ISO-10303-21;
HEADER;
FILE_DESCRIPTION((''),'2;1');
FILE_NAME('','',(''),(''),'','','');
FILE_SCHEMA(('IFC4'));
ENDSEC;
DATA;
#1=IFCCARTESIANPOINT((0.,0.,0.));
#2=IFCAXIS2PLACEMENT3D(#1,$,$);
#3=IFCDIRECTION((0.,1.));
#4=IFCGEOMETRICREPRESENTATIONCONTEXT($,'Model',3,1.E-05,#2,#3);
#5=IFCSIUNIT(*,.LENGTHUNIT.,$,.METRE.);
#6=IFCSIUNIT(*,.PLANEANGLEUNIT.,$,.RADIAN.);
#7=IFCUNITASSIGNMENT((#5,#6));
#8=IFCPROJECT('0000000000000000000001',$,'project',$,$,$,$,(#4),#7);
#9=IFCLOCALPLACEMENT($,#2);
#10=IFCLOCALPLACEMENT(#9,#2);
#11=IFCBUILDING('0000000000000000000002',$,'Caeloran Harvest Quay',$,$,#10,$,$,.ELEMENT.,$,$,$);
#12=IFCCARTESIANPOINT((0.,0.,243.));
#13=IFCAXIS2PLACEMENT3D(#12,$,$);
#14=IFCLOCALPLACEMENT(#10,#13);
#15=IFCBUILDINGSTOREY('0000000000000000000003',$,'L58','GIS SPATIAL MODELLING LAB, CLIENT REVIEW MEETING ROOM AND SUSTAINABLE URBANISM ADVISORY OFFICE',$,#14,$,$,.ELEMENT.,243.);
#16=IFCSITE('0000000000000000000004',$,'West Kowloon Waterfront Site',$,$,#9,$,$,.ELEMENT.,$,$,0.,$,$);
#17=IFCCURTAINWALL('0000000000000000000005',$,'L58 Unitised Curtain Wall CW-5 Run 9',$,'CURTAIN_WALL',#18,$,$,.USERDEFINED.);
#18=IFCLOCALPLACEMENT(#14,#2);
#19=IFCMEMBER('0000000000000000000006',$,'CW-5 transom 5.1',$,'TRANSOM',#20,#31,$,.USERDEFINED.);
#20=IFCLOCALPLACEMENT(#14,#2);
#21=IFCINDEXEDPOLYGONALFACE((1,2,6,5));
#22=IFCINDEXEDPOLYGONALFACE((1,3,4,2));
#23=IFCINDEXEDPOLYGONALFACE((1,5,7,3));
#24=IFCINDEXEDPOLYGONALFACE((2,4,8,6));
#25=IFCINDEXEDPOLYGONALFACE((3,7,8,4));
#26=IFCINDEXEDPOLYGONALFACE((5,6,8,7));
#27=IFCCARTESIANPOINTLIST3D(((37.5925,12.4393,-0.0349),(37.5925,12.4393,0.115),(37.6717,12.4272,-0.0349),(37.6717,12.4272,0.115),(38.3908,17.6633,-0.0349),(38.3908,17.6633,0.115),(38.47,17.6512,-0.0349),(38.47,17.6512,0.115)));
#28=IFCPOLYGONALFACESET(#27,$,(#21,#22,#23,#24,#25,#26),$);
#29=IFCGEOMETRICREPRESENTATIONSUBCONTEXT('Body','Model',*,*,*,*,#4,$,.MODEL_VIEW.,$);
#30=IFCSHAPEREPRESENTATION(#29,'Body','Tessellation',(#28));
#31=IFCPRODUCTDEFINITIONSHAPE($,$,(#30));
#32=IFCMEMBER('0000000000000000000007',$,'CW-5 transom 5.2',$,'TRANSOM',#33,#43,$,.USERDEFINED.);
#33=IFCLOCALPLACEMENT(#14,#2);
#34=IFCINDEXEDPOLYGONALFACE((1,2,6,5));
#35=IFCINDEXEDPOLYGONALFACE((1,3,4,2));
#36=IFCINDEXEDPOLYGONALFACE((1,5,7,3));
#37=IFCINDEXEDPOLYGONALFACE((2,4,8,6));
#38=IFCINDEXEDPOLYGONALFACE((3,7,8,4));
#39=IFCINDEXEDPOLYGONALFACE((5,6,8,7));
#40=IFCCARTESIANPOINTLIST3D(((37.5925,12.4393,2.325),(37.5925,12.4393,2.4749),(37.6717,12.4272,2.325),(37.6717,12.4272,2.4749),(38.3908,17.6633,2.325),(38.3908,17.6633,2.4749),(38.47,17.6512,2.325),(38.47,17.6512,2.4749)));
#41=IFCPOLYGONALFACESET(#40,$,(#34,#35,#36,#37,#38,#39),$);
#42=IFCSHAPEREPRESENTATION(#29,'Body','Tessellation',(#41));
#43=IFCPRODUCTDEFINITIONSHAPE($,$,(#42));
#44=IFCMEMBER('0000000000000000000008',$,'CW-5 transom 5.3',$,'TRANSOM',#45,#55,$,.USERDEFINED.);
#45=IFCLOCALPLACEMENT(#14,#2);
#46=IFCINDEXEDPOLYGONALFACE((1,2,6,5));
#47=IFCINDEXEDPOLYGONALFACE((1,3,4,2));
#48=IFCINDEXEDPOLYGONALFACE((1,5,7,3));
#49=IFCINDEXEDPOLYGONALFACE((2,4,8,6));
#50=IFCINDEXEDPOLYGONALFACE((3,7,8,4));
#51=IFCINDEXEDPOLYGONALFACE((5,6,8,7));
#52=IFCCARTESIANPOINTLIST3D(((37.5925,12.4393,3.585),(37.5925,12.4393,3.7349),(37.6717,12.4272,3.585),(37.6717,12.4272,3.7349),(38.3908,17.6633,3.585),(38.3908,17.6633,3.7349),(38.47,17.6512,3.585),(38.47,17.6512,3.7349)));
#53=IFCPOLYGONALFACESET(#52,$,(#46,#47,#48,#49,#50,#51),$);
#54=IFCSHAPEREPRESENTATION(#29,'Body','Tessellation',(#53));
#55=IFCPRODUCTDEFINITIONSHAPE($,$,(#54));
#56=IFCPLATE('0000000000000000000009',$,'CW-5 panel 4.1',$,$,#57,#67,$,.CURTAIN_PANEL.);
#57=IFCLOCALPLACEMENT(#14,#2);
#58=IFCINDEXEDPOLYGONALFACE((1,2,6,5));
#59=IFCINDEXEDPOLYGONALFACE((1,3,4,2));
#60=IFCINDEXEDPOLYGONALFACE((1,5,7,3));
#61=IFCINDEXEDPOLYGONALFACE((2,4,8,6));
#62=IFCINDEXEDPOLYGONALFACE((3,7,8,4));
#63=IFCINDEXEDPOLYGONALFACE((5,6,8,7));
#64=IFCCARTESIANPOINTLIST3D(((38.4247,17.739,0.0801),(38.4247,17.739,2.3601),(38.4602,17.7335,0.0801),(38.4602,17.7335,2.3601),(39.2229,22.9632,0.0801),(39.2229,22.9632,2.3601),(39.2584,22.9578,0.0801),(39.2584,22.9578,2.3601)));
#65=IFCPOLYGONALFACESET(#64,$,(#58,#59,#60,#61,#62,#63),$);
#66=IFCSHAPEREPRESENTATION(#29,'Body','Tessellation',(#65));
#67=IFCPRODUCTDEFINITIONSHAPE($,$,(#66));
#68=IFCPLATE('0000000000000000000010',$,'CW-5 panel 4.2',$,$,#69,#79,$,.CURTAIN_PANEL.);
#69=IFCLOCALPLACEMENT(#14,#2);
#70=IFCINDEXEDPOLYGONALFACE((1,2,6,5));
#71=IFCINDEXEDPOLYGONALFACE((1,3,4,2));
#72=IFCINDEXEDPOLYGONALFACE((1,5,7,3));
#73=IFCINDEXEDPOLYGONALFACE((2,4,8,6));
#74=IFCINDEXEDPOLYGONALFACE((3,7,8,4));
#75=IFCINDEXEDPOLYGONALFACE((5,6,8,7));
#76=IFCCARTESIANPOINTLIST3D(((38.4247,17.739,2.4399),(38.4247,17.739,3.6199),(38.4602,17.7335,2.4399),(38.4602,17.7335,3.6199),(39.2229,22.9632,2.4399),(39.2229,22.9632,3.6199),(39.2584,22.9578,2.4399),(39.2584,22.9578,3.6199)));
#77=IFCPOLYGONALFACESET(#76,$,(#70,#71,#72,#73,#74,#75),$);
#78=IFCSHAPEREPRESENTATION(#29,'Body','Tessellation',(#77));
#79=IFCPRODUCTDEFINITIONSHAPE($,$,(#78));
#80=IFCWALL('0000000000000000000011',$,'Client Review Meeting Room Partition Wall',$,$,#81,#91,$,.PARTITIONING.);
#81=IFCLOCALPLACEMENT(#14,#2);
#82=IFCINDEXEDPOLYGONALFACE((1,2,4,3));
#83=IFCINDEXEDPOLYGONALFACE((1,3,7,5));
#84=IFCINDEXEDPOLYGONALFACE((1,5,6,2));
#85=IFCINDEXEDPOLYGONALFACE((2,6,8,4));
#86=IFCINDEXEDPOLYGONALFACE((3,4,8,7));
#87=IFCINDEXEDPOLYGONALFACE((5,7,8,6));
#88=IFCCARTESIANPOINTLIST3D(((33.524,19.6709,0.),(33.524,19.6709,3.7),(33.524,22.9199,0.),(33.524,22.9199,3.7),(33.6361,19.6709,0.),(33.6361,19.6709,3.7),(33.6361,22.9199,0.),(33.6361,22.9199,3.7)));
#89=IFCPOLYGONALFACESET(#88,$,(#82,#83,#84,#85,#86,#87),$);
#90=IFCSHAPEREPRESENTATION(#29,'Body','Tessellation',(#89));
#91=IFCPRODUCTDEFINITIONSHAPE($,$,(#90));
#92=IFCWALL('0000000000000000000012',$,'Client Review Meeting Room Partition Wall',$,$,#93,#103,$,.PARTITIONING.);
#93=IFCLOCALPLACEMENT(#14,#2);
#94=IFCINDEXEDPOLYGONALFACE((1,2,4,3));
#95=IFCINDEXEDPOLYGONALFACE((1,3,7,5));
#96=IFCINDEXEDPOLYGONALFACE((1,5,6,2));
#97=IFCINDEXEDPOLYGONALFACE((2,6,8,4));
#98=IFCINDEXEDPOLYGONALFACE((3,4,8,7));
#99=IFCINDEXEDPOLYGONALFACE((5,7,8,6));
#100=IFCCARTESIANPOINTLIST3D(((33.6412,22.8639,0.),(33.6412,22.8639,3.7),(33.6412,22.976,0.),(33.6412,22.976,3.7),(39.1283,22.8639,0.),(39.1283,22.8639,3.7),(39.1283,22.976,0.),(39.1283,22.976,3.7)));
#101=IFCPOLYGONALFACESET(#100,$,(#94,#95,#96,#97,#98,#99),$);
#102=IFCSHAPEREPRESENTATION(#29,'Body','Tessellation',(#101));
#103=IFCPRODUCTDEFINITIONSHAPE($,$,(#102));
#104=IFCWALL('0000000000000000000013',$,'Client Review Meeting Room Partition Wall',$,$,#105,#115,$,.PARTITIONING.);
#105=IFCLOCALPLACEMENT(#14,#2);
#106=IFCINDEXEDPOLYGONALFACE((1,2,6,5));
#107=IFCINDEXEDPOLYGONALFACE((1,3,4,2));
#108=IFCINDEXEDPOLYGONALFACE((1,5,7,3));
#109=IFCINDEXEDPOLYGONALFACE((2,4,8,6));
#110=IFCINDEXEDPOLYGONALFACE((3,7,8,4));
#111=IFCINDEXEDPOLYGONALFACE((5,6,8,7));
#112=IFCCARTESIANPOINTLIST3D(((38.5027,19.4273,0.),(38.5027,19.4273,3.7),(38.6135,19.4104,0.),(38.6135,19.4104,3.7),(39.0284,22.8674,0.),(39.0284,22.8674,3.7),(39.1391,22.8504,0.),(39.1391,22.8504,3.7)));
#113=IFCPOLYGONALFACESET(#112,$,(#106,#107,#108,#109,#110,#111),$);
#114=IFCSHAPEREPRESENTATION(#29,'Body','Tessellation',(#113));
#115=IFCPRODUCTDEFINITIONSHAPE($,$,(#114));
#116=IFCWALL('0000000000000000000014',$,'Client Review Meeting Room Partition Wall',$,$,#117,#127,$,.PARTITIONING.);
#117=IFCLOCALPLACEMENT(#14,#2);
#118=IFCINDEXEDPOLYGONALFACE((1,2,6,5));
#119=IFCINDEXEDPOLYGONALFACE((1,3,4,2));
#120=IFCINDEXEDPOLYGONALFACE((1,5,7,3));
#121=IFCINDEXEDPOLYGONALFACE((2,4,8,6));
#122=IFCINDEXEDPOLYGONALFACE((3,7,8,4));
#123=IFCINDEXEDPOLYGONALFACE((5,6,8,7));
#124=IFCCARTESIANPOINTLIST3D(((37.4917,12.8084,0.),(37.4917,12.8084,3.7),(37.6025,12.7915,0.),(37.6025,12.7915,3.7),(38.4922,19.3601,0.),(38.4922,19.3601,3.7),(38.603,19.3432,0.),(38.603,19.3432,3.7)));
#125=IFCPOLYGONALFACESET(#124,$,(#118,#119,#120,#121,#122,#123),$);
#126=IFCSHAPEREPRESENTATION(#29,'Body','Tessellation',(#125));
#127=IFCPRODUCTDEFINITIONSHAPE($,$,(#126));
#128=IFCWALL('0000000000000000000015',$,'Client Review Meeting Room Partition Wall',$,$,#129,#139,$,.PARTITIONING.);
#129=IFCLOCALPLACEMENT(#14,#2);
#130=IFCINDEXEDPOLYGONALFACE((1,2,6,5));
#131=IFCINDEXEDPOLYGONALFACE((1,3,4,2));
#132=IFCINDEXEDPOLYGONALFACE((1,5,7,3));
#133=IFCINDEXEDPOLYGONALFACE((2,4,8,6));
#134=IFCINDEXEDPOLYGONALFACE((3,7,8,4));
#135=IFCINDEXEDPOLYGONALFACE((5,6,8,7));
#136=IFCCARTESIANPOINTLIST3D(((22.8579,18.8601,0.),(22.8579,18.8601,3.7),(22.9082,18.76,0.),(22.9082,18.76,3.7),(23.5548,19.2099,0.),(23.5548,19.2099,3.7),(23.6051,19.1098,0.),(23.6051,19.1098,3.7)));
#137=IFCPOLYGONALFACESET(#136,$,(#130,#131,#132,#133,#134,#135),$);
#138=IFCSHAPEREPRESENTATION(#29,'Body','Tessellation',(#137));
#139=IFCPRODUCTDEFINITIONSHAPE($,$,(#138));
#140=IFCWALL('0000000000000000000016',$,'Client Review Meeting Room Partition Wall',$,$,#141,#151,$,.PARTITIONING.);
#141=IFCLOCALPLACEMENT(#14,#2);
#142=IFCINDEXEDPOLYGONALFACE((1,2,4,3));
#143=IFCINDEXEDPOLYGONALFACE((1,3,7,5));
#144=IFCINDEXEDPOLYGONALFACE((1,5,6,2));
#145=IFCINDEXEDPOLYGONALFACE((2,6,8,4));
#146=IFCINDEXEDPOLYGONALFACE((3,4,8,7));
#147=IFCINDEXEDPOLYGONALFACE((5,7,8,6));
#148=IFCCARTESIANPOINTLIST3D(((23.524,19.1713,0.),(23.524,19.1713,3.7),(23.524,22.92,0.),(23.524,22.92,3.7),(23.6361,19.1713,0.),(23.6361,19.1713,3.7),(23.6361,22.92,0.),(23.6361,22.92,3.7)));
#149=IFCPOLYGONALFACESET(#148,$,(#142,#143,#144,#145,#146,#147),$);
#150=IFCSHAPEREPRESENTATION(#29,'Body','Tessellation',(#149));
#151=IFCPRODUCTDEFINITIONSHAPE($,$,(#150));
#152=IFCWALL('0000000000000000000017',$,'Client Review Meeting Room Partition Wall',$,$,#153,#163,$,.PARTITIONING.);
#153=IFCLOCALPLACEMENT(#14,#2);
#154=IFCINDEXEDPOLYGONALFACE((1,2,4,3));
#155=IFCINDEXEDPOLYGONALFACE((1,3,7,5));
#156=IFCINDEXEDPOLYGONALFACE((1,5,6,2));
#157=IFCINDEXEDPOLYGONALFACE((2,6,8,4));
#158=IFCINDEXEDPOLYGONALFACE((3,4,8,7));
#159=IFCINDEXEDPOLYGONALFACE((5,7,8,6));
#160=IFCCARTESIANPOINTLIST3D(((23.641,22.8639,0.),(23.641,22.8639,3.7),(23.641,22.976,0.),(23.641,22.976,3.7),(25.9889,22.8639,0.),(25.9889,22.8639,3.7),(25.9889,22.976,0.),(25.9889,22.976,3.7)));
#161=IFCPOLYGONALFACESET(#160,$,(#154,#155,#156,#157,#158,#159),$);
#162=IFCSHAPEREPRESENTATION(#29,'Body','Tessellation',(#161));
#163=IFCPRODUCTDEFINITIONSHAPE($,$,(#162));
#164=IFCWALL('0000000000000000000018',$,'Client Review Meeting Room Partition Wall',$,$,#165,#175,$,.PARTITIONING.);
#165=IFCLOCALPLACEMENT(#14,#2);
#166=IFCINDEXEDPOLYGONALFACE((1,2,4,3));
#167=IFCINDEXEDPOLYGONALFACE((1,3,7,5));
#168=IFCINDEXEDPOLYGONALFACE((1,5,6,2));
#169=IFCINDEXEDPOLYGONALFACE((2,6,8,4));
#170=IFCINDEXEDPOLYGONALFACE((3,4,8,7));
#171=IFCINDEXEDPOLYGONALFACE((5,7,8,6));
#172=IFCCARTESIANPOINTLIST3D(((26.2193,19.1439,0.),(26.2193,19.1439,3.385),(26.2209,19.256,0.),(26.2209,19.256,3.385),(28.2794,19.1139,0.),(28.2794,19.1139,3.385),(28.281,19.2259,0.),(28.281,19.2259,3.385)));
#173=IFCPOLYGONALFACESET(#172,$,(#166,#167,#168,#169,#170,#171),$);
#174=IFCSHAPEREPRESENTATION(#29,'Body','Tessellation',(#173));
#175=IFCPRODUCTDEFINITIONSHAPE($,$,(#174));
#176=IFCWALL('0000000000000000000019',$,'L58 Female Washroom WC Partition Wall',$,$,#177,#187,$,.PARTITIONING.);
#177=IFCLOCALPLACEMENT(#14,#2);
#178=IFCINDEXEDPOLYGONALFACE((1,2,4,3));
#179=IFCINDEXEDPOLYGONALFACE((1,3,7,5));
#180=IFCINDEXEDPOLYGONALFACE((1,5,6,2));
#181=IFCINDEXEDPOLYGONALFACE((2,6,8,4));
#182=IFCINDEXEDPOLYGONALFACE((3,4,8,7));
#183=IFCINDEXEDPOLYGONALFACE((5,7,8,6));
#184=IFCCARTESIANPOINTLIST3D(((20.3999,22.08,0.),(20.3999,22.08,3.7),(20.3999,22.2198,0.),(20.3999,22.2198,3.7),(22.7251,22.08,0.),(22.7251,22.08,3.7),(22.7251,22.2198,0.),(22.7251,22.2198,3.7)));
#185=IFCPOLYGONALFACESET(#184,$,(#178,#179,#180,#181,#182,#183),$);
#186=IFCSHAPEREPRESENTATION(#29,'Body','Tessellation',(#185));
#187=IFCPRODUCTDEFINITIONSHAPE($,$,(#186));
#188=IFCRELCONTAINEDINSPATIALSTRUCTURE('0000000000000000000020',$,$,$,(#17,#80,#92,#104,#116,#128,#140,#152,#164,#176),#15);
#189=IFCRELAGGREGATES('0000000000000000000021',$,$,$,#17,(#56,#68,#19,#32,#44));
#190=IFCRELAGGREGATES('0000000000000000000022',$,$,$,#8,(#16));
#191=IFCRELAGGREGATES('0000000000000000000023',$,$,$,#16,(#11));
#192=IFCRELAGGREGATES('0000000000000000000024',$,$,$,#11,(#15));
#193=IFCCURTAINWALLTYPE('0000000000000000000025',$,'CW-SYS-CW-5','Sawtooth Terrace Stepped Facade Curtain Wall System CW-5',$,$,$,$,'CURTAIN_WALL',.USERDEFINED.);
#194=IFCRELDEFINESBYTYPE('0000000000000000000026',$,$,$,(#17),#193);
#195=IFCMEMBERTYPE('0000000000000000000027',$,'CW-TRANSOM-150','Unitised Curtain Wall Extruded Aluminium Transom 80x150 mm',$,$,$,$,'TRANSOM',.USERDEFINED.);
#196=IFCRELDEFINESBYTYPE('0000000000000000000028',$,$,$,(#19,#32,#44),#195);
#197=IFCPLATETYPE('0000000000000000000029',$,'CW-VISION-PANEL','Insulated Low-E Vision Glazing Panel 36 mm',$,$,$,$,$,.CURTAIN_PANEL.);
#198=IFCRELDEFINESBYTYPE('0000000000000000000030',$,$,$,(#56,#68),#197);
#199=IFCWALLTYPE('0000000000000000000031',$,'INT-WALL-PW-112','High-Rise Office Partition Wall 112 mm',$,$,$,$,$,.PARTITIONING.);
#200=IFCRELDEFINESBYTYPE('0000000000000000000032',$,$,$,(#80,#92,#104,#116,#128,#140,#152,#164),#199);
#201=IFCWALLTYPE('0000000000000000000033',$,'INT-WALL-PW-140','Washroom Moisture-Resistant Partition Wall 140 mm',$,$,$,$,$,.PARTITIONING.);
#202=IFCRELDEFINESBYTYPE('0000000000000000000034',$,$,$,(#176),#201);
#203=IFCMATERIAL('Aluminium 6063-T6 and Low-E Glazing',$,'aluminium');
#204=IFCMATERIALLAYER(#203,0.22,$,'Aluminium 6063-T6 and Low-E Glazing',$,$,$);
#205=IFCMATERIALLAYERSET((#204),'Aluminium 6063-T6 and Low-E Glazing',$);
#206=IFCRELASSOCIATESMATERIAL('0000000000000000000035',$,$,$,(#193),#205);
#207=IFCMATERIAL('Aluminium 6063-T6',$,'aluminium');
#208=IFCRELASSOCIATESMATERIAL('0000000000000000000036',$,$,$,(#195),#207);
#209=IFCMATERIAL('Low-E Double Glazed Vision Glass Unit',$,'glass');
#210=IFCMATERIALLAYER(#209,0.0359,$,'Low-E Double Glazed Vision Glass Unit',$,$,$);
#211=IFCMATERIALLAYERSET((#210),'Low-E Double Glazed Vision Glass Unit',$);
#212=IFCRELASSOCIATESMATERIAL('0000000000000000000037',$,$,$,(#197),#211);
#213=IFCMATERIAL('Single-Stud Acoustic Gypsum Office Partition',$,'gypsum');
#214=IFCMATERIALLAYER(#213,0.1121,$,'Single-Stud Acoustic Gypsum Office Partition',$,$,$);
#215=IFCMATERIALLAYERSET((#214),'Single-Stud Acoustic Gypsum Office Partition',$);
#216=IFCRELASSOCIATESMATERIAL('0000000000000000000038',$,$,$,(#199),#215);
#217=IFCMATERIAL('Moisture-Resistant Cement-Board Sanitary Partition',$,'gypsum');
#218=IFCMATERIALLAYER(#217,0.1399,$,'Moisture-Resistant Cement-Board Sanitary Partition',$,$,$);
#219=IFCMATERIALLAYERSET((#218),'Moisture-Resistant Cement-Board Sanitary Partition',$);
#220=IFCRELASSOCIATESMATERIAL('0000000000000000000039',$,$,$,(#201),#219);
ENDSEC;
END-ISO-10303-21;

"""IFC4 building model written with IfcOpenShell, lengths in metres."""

from ifc_helpers import new_model, si_unit, direction, frame, frame_2d, origin, origin_2d, place, context, subcontext, project, spatial, rectangle, extrude, material, layer, layer_set, material_profile, profile_set, type_object, element, aggregate, save


model = new_model("IFC4")

# Units and contexts
model_context = context("Model", 3, precision=1e-05, world=origin(), true_north=direction((0.0, 1.0)))
body_context = subcontext(model_context, "Body", "Model", "MODEL_VIEW")
ifc_project = project(units=[si_unit("LENGTHUNIT", "METRE"), si_unit("PLANEANGLEUNIT", "RADIAN")], contexts=[model_context])

# Site, building, storey
site_placement = place(None, origin())
site = spatial("IfcSite", under=ifc_project, at=site_placement, Name="West Kowloon Waterfront Site", CompositionType="ELEMENT", RefElevation=0.0)
building_placement = place(site_placement, origin())
building = spatial("IfcBuilding", under=site, at=building_placement, Name="Caeloran Harvest Quay", CompositionType="ELEMENT")
storey_placement = place(building_placement, frame((0.0, 0.0, 243.0)))
storey = spatial("IfcBuildingStorey", under=building, at=storey_placement, Name="L58", Description="GIS SPATIAL MODELLING LAB, CLIENT REVIEW MEETING ROOM AND SUSTAINABLE URBANISM ADVISORY OFFICE", CompositionType="ELEMENT", Elevation=243.0)

# Curtain wall, members, plates
ifc_material_1 = material(Name="Aluminium 6063-T6 and Low-E Glazing", Category="aluminium")
ifc_layer_1 = layer(ifc_material_1, 0.22, Name="Aluminium 6063-T6 and Low-E Glazing")
ifc_layer_set_1 = layer_set([ifc_layer_1], Name="Aluminium 6063-T6 and Low-E Glazing")
curtain_wall_type = type_object("IfcCurtainWallType", Name="CW-SYS-CW-5", Description="Sawtooth Terrace Stepped Facade Curtain Wall System CW-5", ElementType="CURTAIN_WALL", PredefinedType="USERDEFINED", material=ifc_layer_set_1)
curtain_wall_placement = place(storey_placement, origin())
curtain_wall = element("IfcCurtainWall", 1, at=curtain_wall_placement, inside=storey, type_object=curtain_wall_type, Name="L58 Unitised Curtain Wall CW-5 Run 9", ObjectType="CURTAIN_WALL", PredefinedType="USERDEFINED")
ifc_material_2 = material(Name="Aluminium 6063-T6", Category="aluminium")
ifc_material_profile_1 = material_profile(ifc_material_2, rectangle(XDim=0.0801, YDim=0.1499, at=origin_2d()), Name="CW-TRANSOM-150")
ifc_profile_set_1 = profile_set([ifc_material_profile_1], Name="Aluminium 6063-T6")
member_type_1 = type_object("IfcMemberType", Name="CW-TRANSOM-150", Description="Unitised Curtain Wall Extruded Aluminium Transom 80x150 mm", ElementType="TRANSOM", PredefinedType="USERDEFINED", material=ifc_profile_set_1)
member_1_placement = place(storey_placement, frame((38.4304, 17.6572, 0.04), z_axis=(-0.151064, -0.988524, 0.0), x_axis=(0.988524, -0.151064, 0.0)))
member_1 = element("IfcMember", 2, at=member_1_placement, type_object=member_type_1, Name="CW-5 transom 5.1", ObjectType="TRANSOM", PredefinedType="USERDEFINED", context=body_context, shape_type="SweptSolid", body=[
    extrude(rectangle(XDim=0.0801, YDim=0.1499, at=origin_2d()), origin(), (0.0, 0.0, 1.0), 5.2847),
])
member_2_placement = place(storey_placement, frame((38.4304, 17.6572, 2.3999), z_axis=(-0.151064, -0.988524, 0.0), x_axis=(0.988524, -0.151064, 0.0)))
member_2 = element("IfcMember", 3, at=member_2_placement, type_object=member_type_1, Name="CW-5 transom 5.2", ObjectType="TRANSOM", PredefinedType="USERDEFINED", context=body_context, shape_type="SweptSolid", body=[
    extrude(rectangle(XDim=0.0801, YDim=0.1499, at=origin_2d()), origin(), (0.0, 0.0, 1.0), 5.2847),
])
member_3_placement = place(storey_placement, frame((38.4304, 17.6572, 3.6599), z_axis=(-0.151064, -0.988524, 0.0), x_axis=(0.988524, -0.151064, 0.0)))
member_3 = element("IfcMember", 4, at=member_3_placement, type_object=member_type_1, Name="CW-5 transom 5.3", ObjectType="TRANSOM", PredefinedType="USERDEFINED", context=body_context, shape_type="SweptSolid", body=[
    extrude(rectangle(XDim=0.0801, YDim=0.1499, at=origin_2d()), origin(), (0.0, 0.0, 1.0), 5.2847),
])
ifc_material_3 = material(Name="Low-E Double Glazed Vision Glass Unit", Category="glass")
ifc_layer_2 = layer(ifc_material_3, 0.0359, Name="Low-E Double Glazed Vision Glass Unit")
ifc_layer_set_2 = layer_set([ifc_layer_2], Name="Low-E Double Glazed Vision Glass Unit")
plate_type = type_object("IfcPlateType", Name="CW-VISION-PANEL", Description="Insulated Low-E Vision Glazing Panel 36 mm", PredefinedType="CURTAIN_PANEL", material=ifc_layer_set_2)
plate_1_placement = place(storey_placement, frame((38.8416, 20.3484, 0.0801), z_axis=(0.0, 0.0, 1.0), x_axis=(-0.151028, -0.98853, 0.0)))
plate_1 = element("IfcPlate", 5, at=plate_1_placement, type_object=plate_type, Name="CW-5 panel 4.1", PredefinedType="CURTAIN_PANEL", context=body_context, shape_type="SweptSolid", body=[
    extrude(rectangle(XDim=5.2849, YDim=0.0359, at=origin_2d()), origin(), (0.0, 0.0, 1.0), 2.28),
])
plate_2_placement = place(storey_placement, frame((38.8416, 20.3484, 2.4399), z_axis=(0.0, 0.0, 1.0), x_axis=(-0.151028, -0.98853, 0.0)))
plate_2 = element("IfcPlate", 6, at=plate_2_placement, type_object=plate_type, Name="CW-5 panel 4.2", PredefinedType="CURTAIN_PANEL", context=body_context, shape_type="SweptSolid", body=[
    extrude(rectangle(XDim=5.2849, YDim=0.0359, at=origin_2d()), origin(), (0.0, 0.0, 1.0), 1.1799),
])
aggregate(curtain_wall, [plate_1, plate_2, member_1, member_2, member_3])

# Walls
ifc_material_4 = material(Name="Single-Stud Acoustic Gypsum Office Partition", Category="gypsum")
ifc_layer_3 = layer(ifc_material_4, 0.1121, Name="Single-Stud Acoustic Gypsum Office Partition")
ifc_layer_set_3 = layer_set([ifc_layer_3], Name="Single-Stud Acoustic Gypsum Office Partition")
wall_type_1 = type_object("IfcWallType", Name="INT-WALL-PW-112", Description="High-Rise Office Partition Wall 112 mm", PredefinedType="PARTITIONING", material=ifc_layer_set_3)
wall_1_placement = place(storey_placement, frame((33.5801, 19.6709, 0.0), z_axis=(0.0, 0.0, 1.0), x_axis=(0.0, 1.0, 0.0)))
element("IfcWall", 7, at=wall_1_placement, inside=storey, type_object=wall_type_1, Name="Client Review Meeting Room Partition Wall", PredefinedType="PARTITIONING", context=body_context, shape_type="SweptSolid", body=[
    extrude(rectangle(XDim=3.249, YDim=0.1121, at=frame_2d((1.6245, 0.0))), origin(), (0.0, 0.0, 1.0), 3.7),
])
wall_2_placement = place(storey_placement, frame((33.6411, 22.9199, 0.0), z_axis=(0.0, 0.0, 1.0), x_axis=(1.0, 0.0, 0.0)))
element("IfcWall", 8, at=wall_2_placement, inside=storey, type_object=wall_type_1, Name="Client Review Meeting Room Partition Wall", PredefinedType="PARTITIONING", context=body_context, shape_type="SweptSolid", body=[
    extrude(rectangle(XDim=5.4871, YDim=0.1121, at=frame_2d((2.7437, 0.0))), origin(), (0.0, 0.0, 1.0), 3.7),
])
wall_3_placement = place(storey_placement, frame((39.0837, 22.8589, 0.0), z_axis=(0.0, 0.0, 1.0), x_axis=(-0.15105, -0.988526, 0.0)))
element("IfcWall", 9, at=wall_3_placement, inside=storey, type_object=wall_type_1, Name="Client Review Meeting Room Partition Wall", PredefinedType="PARTITIONING", context=body_context, shape_type="SweptSolid", body=[
    extrude(rectangle(XDim=3.48, YDim=0.1121, at=frame_2d((1.74, 0.0))), origin(), (0.0, 0.0, 1.0), 3.7),
])
wall_4_placement = place(storey_placement, frame((38.5476, 19.3518, 0.0), z_axis=(0.0, 0.0, 1.0), x_axis=(-0.150955, -0.988541, 0.0)))
element("IfcWall", 10, at=wall_4_placement, inside=storey, type_object=wall_type_1, Name="Client Review Meeting Room Partition Wall", PredefinedType="PARTITIONING", context=body_context, shape_type="SweptSolid", body=[
    extrude(rectangle(XDim=6.6277, YDim=0.1121, at=frame_2d((3.314, 0.0))), origin(), (0.0, 0.0, 1.0), 3.7),
])
wall_5_placement = place(storey_placement, frame((22.8831, 18.8101, 0.0), z_axis=(0.0, 0.0, 1.0), x_axis=(0.893737, 0.44859, 0.0)))
element("IfcWall", 11, at=wall_5_placement, inside=storey, type_object=wall_type_1, Name="Client Review Meeting Room Partition Wall", PredefinedType="PARTITIONING", context=body_context, shape_type="SweptSolid", body=[
    extrude(rectangle(XDim=0.7798, YDim=0.1121, at=frame_2d((0.3899, 0.0))), origin(), (0.0, 0.0, 1.0), 3.7),
])
wall_6_placement = place(storey_placement, frame((23.5801, 19.1711, 0.0), z_axis=(0.0, 0.0, 1.0), x_axis=(0.0, 1.0, 0.0)))
element("IfcWall", 12, at=wall_6_placement, inside=storey, type_object=wall_type_1, Name="Client Review Meeting Room Partition Wall", PredefinedType="PARTITIONING", context=body_context, shape_type="SweptSolid", body=[
    extrude(rectangle(XDim=3.7488, YDim=0.1121, at=frame_2d((1.8745, 0.0))), origin(), (0.0, 0.0, 1.0), 3.7),
])
wall_7_placement = place(storey_placement, frame((23.6411, 22.9199, 0.0), z_axis=(0.0, 0.0, 1.0), x_axis=(1.0, 0.0, 0.0)))
element("IfcWall", 13, at=wall_7_placement, inside=storey, type_object=wall_type_1, Name="Client Review Meeting Room Partition Wall", PredefinedType="PARTITIONING", context=body_context, shape_type="SweptSolid", body=[
    extrude(rectangle(XDim=2.3479, YDim=0.1121, at=frame_2d((1.1738, 0.0))), origin(), (0.0, 0.0, 1.0), 3.7),
])
wall_8_placement = place(storey_placement, frame((26.22, 19.2, 0.0), z_axis=(0.0, 0.0, 1.0), x_axis=(0.999894, -0.014575, 0.0)))
element("IfcWall", 14, at=wall_8_placement, inside=storey, type_object=wall_type_1, Name="Client Review Meeting Room Partition Wall", PredefinedType="PARTITIONING", context=body_context, shape_type="SweptSolid", body=[
    extrude(rectangle(XDim=2.0603, YDim=0.1121, at=frame_2d((1.0303, 0.0))), origin(), (0.0, 0.0, 1.0), 3.385),
])
ifc_material_5 = material(Name="Moisture-Resistant Cement-Board Sanitary Partition", Category="gypsum")
ifc_layer_4 = layer(ifc_material_5, 0.1399, Name="Moisture-Resistant Cement-Board Sanitary Partition")
ifc_layer_set_4 = layer_set([ifc_layer_4], Name="Moisture-Resistant Cement-Board Sanitary Partition")
wall_type_2 = type_object("IfcWallType", Name="INT-WALL-PW-140", Description="Washroom Moisture-Resistant Partition Wall 140 mm", PredefinedType="PARTITIONING", material=ifc_layer_set_4)
wall_9_placement = place(storey_placement, frame((22.7251, 22.1499, 0.0), z_axis=(0.0, 0.0, 1.0), x_axis=(-1.0, 0.0, 0.0)))
element("IfcWall", 15, at=wall_9_placement, inside=storey, type_object=wall_type_2, Name="L58 Female Washroom WC Partition Wall", PredefinedType="PARTITIONING", context=body_context, shape_type="SweptSolid", body=[
    extrude(rectangle(XDim=2.3252, YDim=0.1399, at=frame_2d((1.1626, 0.0))), origin(), (0.0, 0.0, 1.0), 3.7),
])

save(model, "model.ifc")
